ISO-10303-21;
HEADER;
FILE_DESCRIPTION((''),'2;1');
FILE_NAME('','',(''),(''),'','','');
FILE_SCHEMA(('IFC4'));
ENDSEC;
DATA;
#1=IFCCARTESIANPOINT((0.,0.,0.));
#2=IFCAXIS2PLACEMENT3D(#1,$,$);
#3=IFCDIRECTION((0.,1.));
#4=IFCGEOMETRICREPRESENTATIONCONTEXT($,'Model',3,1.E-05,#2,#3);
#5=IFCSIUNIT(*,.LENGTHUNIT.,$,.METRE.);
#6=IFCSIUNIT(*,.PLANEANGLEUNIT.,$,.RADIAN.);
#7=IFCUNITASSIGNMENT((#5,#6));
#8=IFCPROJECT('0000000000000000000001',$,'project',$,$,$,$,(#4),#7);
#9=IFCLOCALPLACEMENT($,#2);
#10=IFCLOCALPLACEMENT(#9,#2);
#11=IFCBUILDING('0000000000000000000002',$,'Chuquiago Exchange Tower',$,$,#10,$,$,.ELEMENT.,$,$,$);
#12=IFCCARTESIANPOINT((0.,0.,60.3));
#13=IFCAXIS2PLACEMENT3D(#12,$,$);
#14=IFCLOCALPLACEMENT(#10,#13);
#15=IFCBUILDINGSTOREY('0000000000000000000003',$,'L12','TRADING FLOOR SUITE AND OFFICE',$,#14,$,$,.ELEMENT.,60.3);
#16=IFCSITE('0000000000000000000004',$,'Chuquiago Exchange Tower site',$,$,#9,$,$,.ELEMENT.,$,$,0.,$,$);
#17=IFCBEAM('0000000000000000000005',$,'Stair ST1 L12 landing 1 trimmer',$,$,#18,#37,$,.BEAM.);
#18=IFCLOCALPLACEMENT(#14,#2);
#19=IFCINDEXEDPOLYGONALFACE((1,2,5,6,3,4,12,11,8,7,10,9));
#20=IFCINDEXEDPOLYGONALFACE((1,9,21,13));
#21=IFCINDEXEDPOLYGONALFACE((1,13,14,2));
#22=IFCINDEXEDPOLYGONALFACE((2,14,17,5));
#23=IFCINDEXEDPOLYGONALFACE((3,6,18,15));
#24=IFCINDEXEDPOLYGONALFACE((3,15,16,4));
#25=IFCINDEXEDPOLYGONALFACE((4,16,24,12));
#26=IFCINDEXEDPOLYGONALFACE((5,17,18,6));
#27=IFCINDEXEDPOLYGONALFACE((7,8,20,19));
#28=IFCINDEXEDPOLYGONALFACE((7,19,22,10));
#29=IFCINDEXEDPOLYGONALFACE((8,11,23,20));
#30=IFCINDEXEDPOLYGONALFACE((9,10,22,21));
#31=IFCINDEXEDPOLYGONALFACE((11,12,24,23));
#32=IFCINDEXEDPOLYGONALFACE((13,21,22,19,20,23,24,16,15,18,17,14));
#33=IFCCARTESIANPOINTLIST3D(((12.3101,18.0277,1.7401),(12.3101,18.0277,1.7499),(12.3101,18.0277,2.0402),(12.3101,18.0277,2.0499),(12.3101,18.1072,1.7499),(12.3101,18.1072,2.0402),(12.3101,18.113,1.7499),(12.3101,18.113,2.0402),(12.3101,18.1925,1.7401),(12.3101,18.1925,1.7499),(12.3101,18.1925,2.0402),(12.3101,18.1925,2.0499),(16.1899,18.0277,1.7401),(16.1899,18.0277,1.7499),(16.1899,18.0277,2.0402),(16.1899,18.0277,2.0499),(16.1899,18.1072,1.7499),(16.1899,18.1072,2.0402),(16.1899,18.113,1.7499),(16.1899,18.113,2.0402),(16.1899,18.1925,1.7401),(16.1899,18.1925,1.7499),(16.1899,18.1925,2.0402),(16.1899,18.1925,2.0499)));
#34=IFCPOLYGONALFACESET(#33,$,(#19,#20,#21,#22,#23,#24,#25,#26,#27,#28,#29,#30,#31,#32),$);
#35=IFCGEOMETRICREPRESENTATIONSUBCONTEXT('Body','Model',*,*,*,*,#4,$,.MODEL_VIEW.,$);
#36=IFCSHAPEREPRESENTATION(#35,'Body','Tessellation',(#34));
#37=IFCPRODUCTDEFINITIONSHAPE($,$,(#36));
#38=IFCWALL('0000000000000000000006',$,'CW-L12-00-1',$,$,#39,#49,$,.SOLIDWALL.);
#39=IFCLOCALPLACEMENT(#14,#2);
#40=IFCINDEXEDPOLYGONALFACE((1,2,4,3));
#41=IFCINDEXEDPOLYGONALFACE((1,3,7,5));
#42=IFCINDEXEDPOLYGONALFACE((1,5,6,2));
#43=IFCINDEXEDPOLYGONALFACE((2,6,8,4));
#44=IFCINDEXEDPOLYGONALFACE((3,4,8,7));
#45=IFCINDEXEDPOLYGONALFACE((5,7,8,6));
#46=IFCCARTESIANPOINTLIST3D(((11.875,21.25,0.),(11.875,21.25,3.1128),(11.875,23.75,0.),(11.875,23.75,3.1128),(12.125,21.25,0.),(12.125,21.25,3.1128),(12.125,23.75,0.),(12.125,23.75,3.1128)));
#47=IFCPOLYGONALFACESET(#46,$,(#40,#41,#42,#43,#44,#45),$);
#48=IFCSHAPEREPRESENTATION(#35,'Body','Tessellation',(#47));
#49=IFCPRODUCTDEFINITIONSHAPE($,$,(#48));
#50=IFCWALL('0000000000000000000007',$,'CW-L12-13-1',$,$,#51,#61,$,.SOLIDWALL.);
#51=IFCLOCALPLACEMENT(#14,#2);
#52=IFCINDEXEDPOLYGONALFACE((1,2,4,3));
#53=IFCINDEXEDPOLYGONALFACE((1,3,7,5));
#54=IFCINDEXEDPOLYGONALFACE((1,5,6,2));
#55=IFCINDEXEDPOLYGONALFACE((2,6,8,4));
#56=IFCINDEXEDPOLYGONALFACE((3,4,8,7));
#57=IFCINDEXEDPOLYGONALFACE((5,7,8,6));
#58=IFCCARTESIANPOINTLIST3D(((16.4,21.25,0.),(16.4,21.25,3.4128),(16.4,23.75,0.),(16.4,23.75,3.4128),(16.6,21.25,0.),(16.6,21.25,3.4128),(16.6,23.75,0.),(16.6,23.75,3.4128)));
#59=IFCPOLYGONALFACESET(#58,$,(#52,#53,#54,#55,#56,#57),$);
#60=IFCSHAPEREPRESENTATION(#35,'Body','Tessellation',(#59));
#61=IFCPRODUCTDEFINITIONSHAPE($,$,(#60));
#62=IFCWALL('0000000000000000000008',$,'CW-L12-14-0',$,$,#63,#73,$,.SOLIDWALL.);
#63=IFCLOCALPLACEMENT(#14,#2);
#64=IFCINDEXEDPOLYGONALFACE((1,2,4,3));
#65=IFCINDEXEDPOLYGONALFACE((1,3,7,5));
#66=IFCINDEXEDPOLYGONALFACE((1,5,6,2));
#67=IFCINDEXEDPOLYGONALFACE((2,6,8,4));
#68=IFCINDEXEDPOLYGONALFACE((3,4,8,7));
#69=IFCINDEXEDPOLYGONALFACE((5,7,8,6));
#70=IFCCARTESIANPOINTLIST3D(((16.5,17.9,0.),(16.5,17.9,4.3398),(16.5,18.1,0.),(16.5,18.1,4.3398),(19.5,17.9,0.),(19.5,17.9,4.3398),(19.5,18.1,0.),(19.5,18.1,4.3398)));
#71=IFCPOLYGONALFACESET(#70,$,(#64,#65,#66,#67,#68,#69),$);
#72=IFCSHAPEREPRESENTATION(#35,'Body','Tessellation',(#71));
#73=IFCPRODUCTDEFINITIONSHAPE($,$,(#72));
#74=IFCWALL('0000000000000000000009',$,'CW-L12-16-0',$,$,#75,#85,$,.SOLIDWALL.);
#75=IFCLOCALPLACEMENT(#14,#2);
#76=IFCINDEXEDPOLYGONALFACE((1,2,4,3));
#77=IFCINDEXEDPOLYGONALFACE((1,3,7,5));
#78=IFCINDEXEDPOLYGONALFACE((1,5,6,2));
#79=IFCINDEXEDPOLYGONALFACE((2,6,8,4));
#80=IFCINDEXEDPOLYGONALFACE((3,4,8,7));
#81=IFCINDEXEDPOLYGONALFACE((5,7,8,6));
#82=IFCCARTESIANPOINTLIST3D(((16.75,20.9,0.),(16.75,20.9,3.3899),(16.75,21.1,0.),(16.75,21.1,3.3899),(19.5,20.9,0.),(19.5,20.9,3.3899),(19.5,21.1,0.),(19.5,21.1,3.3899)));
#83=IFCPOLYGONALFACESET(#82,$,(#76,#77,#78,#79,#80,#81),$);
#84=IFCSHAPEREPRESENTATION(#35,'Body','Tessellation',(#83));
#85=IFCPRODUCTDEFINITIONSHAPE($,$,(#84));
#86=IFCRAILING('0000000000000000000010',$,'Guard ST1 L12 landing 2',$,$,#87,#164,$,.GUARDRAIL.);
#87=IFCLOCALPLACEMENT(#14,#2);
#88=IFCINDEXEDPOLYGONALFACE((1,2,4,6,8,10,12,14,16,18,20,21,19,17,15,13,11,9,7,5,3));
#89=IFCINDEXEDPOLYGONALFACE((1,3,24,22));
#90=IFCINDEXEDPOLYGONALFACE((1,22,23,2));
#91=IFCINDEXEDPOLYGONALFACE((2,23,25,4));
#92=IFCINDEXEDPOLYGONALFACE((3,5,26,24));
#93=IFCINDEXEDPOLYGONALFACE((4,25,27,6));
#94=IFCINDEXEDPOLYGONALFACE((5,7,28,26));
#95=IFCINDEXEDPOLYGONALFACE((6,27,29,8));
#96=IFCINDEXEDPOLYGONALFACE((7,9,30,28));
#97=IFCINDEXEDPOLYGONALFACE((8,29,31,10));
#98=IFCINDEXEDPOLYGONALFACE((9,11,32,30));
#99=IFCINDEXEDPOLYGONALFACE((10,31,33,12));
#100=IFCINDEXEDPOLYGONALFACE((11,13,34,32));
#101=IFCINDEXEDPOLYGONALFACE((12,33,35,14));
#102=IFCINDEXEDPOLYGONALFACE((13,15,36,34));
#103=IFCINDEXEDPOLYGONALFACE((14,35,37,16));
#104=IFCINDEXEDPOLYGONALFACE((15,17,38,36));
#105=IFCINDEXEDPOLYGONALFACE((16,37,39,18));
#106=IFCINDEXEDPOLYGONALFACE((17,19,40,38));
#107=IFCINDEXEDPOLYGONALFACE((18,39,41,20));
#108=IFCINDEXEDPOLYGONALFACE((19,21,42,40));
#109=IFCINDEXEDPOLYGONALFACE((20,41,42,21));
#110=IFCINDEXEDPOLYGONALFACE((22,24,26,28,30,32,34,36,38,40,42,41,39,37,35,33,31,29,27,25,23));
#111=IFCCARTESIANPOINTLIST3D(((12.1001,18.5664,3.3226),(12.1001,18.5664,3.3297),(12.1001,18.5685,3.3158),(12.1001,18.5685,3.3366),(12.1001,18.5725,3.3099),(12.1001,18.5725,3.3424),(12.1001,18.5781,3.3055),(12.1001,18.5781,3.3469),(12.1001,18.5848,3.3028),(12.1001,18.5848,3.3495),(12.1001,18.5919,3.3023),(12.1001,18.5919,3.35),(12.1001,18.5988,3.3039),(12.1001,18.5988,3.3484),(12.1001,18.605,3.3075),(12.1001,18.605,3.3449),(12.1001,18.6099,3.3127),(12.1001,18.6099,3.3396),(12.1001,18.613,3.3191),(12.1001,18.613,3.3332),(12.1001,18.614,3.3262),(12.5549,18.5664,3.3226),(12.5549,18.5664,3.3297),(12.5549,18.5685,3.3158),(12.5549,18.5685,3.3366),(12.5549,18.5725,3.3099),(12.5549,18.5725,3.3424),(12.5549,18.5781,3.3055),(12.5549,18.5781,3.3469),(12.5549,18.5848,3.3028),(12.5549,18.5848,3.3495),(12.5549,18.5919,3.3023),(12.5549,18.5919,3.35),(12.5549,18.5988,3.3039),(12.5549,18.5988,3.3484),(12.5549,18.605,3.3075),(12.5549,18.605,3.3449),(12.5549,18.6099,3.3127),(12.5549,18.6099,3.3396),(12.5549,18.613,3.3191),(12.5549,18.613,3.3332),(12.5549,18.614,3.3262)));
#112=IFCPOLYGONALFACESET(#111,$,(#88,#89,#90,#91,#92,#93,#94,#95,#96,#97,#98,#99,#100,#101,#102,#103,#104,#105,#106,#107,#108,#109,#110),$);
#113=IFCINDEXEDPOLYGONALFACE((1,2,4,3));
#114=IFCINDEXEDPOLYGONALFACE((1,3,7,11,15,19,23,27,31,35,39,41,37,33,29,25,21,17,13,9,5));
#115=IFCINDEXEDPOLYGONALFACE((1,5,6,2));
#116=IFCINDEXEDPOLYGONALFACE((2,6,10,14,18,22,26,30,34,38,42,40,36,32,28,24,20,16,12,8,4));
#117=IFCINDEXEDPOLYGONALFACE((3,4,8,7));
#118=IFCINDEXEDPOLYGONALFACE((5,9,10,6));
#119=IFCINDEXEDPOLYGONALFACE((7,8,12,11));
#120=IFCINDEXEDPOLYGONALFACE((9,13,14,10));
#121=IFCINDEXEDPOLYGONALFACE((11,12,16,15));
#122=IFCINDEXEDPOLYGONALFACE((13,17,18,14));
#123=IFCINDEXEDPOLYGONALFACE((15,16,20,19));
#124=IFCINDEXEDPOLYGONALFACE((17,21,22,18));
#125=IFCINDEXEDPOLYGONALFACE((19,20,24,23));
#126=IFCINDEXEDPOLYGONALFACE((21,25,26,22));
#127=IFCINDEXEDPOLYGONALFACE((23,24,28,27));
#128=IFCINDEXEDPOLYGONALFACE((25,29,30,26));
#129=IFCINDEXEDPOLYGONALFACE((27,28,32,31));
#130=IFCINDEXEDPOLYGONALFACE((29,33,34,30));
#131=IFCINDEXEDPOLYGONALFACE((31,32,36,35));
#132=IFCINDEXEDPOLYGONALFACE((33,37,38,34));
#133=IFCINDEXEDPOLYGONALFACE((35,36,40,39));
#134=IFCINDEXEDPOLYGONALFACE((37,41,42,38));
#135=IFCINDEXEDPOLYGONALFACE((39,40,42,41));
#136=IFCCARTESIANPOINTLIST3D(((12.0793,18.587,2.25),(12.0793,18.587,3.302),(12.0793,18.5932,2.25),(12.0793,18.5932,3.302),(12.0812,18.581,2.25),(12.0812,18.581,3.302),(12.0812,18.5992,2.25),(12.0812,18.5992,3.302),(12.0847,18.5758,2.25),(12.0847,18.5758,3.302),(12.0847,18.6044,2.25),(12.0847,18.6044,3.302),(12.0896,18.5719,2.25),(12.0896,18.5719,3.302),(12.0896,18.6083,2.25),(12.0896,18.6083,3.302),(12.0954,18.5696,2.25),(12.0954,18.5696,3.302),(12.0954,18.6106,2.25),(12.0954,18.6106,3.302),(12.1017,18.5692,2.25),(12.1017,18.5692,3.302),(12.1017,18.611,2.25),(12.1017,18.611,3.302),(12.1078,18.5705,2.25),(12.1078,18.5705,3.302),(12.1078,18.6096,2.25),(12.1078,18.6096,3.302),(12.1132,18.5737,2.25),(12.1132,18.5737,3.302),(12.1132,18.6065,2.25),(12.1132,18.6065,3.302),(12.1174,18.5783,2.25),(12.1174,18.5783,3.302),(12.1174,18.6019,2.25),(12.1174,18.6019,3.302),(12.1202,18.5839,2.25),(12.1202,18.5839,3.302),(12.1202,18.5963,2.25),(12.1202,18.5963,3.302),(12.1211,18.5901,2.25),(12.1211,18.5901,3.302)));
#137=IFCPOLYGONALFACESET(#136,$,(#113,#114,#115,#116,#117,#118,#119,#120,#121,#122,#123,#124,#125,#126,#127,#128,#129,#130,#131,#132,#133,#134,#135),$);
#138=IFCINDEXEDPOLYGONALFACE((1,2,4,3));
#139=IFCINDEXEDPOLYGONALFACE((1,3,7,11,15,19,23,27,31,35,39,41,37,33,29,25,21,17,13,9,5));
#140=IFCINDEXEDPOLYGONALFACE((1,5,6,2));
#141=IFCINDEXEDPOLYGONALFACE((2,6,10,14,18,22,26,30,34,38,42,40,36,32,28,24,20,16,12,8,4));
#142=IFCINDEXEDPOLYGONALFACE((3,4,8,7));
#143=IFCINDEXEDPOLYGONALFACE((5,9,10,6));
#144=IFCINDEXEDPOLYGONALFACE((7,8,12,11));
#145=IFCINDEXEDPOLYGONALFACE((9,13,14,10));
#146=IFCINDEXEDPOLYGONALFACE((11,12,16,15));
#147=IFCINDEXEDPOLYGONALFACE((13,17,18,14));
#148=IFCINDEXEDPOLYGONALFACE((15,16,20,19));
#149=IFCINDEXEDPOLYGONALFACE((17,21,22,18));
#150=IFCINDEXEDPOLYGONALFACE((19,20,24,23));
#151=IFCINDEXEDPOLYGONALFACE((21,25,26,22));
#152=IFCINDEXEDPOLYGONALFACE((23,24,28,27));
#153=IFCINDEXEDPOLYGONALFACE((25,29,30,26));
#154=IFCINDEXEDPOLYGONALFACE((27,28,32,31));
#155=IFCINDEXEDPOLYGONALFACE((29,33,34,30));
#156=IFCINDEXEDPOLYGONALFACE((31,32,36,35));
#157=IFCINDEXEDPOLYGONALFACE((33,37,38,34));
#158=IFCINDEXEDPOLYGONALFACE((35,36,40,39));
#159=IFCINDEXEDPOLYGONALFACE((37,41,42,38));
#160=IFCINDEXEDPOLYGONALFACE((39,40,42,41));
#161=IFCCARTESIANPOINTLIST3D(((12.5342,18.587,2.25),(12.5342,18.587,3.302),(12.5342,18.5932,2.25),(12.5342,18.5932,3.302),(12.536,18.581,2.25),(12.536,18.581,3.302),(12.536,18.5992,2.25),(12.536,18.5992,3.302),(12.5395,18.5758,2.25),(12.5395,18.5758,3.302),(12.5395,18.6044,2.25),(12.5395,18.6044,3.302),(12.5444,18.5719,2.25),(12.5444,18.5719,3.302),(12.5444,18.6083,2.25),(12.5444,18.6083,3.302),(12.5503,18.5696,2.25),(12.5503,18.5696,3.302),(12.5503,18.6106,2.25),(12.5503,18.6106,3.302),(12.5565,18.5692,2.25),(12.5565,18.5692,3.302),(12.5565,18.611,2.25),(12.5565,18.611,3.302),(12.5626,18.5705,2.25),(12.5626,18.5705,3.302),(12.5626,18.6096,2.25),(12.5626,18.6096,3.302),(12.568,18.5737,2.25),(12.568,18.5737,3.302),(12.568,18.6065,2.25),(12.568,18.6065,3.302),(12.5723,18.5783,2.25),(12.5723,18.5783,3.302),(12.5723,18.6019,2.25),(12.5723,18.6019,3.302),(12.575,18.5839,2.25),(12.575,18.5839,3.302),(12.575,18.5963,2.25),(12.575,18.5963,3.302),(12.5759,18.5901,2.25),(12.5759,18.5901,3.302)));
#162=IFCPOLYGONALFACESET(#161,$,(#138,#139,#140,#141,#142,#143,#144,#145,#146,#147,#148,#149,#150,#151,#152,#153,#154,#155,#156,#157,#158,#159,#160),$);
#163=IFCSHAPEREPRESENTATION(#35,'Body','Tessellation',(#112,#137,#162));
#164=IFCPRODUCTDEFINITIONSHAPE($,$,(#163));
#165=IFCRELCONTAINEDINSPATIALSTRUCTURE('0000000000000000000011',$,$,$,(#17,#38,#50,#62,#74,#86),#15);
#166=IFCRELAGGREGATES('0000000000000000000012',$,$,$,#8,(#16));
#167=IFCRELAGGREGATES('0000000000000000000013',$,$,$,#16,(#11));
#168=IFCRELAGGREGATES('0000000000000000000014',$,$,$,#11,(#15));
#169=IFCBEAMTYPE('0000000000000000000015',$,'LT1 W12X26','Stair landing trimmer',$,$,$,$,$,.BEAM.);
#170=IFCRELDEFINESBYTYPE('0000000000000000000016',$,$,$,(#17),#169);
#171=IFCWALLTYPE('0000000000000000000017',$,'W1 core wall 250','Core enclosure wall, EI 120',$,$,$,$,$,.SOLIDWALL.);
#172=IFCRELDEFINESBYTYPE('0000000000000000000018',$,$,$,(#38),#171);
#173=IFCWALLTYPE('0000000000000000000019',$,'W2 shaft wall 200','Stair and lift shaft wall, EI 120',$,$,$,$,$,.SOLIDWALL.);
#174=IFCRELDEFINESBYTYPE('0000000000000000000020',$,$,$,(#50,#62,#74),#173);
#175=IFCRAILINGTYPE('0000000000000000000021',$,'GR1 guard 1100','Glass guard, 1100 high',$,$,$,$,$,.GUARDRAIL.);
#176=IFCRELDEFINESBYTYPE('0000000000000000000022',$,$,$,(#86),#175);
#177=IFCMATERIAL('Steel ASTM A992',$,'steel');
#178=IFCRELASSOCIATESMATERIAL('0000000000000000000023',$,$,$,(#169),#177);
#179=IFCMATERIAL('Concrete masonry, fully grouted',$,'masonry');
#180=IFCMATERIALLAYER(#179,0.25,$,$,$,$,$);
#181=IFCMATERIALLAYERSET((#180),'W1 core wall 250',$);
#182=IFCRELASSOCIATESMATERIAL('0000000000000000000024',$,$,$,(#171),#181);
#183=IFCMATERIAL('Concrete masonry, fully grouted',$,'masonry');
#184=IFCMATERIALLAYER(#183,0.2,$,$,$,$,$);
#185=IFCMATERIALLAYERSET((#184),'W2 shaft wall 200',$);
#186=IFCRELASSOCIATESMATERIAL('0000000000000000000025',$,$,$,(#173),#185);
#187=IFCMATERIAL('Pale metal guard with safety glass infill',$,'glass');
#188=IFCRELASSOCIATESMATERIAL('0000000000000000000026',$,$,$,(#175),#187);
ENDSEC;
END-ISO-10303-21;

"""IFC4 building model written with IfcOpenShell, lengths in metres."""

from ifc_helpers import new_model, si_unit, direction, frame, frame_2d, origin, origin_2d, place, context, subcontext, project, spatial, rectangle, circle, i_section, extrude, material, layer, layer_set, material_profile, profile_set, type_object, element, save


model = new_model("IFC4")

# Units and contexts
model_context = context("Model", 3, precision=1e-05, world=origin(), true_north=direction((0.0, 1.0)))
body_context = subcontext(model_context, "Body", "Model", "MODEL_VIEW")
ifc_project = project(units=[si_unit("LENGTHUNIT", "METRE"), si_unit("PLANEANGLEUNIT", "RADIAN")], contexts=[model_context])

# Site, building, storey
site_placement = place(None, origin())
site = spatial("IfcSite", under=ifc_project, at=site_placement, Name="Chuquiago Exchange Tower site", CompositionType="ELEMENT", RefElevation=0.0)
building_placement = place(site_placement, origin())
building = spatial("IfcBuilding", under=site, at=building_placement, Name="Chuquiago Exchange Tower", CompositionType="ELEMENT")
storey_placement = place(building_placement, frame((0.0, 0.0, 60.3)))
storey = spatial("IfcBuildingStorey", under=building, at=storey_placement, Name="L12", Description="TRADING FLOOR SUITE AND OFFICE", CompositionType="ELEMENT", Elevation=60.3)

# Beam
ifc_material_1 = material(Name="Steel ASTM A992", Category="steel")
ifc_material_profile_1 = material_profile(ifc_material_1, i_section(OverallWidth=0.1648, OverallDepth=0.3098, WebThickness=0.0059, FlangeThickness=0.0098, at=origin_2d()), Name="W12X26")
ifc_profile_set_1 = profile_set([ifc_material_profile_1], Name="Steel ASTM A992")
beam_type_1 = type_object("IfcBeamType", Name="LT1 W12X26", Description="Stair landing trimmer", PredefinedType="BEAM", material=ifc_profile_set_1)
beam_1_placement = place(storey_placement, frame((12.3101, 18.1101, 1.895), z_axis=(1.0, 0.0, 0.0), x_axis=(0.0, 1.0, 0.0)))
element("IfcBeam", 1, at=beam_1_placement, inside=storey, type_object=beam_type_1, Name="Stair ST1 L12 landing 1 trimmer", PredefinedType="BEAM", context=body_context, shape_type="SweptSolid", body=[
    extrude(i_section(OverallWidth=0.1648, OverallDepth=0.3098, WebThickness=0.0059, FlangeThickness=0.0098, at=origin_2d()), origin(), (0.0, 0.0, 1.0), 3.8799),
])

# Walls
ifc_material_2 = material(Name="Concrete masonry, fully grouted", Category="masonry")
ifc_layer_1 = layer(ifc_material_2, 0.25)
ifc_layer_set_1 = layer_set([ifc_layer_1], Name="W1 core wall 250")
wall_type_1 = type_object("IfcWallType", Name="W1 core wall 250", Description="Core enclosure wall, EI 120", PredefinedType="SOLIDWALL", material=ifc_layer_set_1)
wall_1_placement = place(storey_placement, frame((12.0, 21.25, 0.0), z_axis=(0.0, 0.0, 1.0), x_axis=(0.0, 1.0, 0.0)))
element("IfcWall", 2, at=wall_1_placement, inside=storey, type_object=wall_type_1, Name="CW-L12-00-1", PredefinedType="SOLIDWALL", context=body_context, shape_type="SweptSolid", body=[
    extrude(rectangle(XDim=2.5, YDim=0.25, at=frame_2d((1.25, 0.0))), origin(), (0.0, 0.0, 1.0), 3.1128),
])
ifc_material_3 = material(Name="Concrete masonry, fully grouted", Category="masonry")
ifc_layer_2 = layer(ifc_material_3, 0.2)
ifc_layer_set_2 = layer_set([ifc_layer_2], Name="W2 shaft wall 200")
wall_type_2 = type_object("IfcWallType", Name="W2 shaft wall 200", Description="Stair and lift shaft wall, EI 120", PredefinedType="SOLIDWALL", material=ifc_layer_set_2)
wall_2_placement = place(storey_placement, frame((16.5, 21.25, 0.0), z_axis=(0.0, 0.0, 1.0), x_axis=(0.0, 1.0, 0.0)))
element("IfcWall", 3, at=wall_2_placement, inside=storey, type_object=wall_type_2, Name="CW-L12-13-1", PredefinedType="SOLIDWALL", context=body_context, shape_type="SweptSolid", body=[
    extrude(rectangle(XDim=2.5, YDim=0.2, at=frame_2d((1.25, 0.0))), origin(), (0.0, 0.0, 1.0), 3.4128),
])
wall_3_placement = place(storey_placement, frame((16.5, 18.0, 0.0), z_axis=(0.0, 0.0, 1.0), x_axis=(1.0, 0.0, 0.0)))
element("IfcWall", 4, at=wall_3_placement, inside=storey, type_object=wall_type_2, Name="CW-L12-14-0", PredefinedType="SOLIDWALL", context=body_context, shape_type="SweptSolid", body=[
    extrude(rectangle(XDim=3.0, YDim=0.2, at=frame_2d((1.5, 0.0))), origin(), (0.0, 0.0, 1.0), 4.3398),
])
wall_4_placement = place(storey_placement, frame((16.75, 21.0, 0.0), z_axis=(0.0, 0.0, 1.0), x_axis=(1.0, 0.0, 0.0)))
element("IfcWall", 5, at=wall_4_placement, inside=storey, type_object=wall_type_2, Name="CW-L12-16-0", PredefinedType="SOLIDWALL", context=body_context, shape_type="SweptSolid", body=[
    extrude(rectangle(XDim=2.75, YDim=0.2, at=frame_2d((1.375, 0.0))), origin(), (0.0, 0.0, 1.0), 3.3899),
])

# Railing
ifc_material_4 = material(Name="Pale metal guard with safety glass infill", Category="glass")
railing_type_1 = type_object("IfcRailingType", Name="GR1 guard 1100", Description="Glass guard, 1100 high", PredefinedType="GUARDRAIL", material=ifc_material_4)
for number, where, name in (
    (6, (12.1001, 18.5901, 2.25), "Guard ST1 L12 landing 2"),
):
    element("IfcRailing", number, at=place(storey_placement, frame(where)), inside=storey, type_object=railing_type_1, Name=name, PredefinedType="GUARDRAIL", context=body_context, shape_type="SweptSolid", body=[
        extrude(circle(Radius=0.0239, at=origin_2d()), frame((0.0, 0.0, 1.0762), z_axis=(1.0, 0.0, 0.0), x_axis=(0.0, 1.0, 0.0)), (0.0, 0.0, 1.0), 0.4548),
        extrude(circle(Radius=0.021, at=origin_2d()), origin(), (0.0, 0.0, 1.0), 1.052),
        extrude(circle(Radius=0.021, at=origin_2d()), frame((0.4548, 0.0, 0.0)), (0.0, 0.0, 1.0), 1.052),
    ])

save(model, "model.ifc")
